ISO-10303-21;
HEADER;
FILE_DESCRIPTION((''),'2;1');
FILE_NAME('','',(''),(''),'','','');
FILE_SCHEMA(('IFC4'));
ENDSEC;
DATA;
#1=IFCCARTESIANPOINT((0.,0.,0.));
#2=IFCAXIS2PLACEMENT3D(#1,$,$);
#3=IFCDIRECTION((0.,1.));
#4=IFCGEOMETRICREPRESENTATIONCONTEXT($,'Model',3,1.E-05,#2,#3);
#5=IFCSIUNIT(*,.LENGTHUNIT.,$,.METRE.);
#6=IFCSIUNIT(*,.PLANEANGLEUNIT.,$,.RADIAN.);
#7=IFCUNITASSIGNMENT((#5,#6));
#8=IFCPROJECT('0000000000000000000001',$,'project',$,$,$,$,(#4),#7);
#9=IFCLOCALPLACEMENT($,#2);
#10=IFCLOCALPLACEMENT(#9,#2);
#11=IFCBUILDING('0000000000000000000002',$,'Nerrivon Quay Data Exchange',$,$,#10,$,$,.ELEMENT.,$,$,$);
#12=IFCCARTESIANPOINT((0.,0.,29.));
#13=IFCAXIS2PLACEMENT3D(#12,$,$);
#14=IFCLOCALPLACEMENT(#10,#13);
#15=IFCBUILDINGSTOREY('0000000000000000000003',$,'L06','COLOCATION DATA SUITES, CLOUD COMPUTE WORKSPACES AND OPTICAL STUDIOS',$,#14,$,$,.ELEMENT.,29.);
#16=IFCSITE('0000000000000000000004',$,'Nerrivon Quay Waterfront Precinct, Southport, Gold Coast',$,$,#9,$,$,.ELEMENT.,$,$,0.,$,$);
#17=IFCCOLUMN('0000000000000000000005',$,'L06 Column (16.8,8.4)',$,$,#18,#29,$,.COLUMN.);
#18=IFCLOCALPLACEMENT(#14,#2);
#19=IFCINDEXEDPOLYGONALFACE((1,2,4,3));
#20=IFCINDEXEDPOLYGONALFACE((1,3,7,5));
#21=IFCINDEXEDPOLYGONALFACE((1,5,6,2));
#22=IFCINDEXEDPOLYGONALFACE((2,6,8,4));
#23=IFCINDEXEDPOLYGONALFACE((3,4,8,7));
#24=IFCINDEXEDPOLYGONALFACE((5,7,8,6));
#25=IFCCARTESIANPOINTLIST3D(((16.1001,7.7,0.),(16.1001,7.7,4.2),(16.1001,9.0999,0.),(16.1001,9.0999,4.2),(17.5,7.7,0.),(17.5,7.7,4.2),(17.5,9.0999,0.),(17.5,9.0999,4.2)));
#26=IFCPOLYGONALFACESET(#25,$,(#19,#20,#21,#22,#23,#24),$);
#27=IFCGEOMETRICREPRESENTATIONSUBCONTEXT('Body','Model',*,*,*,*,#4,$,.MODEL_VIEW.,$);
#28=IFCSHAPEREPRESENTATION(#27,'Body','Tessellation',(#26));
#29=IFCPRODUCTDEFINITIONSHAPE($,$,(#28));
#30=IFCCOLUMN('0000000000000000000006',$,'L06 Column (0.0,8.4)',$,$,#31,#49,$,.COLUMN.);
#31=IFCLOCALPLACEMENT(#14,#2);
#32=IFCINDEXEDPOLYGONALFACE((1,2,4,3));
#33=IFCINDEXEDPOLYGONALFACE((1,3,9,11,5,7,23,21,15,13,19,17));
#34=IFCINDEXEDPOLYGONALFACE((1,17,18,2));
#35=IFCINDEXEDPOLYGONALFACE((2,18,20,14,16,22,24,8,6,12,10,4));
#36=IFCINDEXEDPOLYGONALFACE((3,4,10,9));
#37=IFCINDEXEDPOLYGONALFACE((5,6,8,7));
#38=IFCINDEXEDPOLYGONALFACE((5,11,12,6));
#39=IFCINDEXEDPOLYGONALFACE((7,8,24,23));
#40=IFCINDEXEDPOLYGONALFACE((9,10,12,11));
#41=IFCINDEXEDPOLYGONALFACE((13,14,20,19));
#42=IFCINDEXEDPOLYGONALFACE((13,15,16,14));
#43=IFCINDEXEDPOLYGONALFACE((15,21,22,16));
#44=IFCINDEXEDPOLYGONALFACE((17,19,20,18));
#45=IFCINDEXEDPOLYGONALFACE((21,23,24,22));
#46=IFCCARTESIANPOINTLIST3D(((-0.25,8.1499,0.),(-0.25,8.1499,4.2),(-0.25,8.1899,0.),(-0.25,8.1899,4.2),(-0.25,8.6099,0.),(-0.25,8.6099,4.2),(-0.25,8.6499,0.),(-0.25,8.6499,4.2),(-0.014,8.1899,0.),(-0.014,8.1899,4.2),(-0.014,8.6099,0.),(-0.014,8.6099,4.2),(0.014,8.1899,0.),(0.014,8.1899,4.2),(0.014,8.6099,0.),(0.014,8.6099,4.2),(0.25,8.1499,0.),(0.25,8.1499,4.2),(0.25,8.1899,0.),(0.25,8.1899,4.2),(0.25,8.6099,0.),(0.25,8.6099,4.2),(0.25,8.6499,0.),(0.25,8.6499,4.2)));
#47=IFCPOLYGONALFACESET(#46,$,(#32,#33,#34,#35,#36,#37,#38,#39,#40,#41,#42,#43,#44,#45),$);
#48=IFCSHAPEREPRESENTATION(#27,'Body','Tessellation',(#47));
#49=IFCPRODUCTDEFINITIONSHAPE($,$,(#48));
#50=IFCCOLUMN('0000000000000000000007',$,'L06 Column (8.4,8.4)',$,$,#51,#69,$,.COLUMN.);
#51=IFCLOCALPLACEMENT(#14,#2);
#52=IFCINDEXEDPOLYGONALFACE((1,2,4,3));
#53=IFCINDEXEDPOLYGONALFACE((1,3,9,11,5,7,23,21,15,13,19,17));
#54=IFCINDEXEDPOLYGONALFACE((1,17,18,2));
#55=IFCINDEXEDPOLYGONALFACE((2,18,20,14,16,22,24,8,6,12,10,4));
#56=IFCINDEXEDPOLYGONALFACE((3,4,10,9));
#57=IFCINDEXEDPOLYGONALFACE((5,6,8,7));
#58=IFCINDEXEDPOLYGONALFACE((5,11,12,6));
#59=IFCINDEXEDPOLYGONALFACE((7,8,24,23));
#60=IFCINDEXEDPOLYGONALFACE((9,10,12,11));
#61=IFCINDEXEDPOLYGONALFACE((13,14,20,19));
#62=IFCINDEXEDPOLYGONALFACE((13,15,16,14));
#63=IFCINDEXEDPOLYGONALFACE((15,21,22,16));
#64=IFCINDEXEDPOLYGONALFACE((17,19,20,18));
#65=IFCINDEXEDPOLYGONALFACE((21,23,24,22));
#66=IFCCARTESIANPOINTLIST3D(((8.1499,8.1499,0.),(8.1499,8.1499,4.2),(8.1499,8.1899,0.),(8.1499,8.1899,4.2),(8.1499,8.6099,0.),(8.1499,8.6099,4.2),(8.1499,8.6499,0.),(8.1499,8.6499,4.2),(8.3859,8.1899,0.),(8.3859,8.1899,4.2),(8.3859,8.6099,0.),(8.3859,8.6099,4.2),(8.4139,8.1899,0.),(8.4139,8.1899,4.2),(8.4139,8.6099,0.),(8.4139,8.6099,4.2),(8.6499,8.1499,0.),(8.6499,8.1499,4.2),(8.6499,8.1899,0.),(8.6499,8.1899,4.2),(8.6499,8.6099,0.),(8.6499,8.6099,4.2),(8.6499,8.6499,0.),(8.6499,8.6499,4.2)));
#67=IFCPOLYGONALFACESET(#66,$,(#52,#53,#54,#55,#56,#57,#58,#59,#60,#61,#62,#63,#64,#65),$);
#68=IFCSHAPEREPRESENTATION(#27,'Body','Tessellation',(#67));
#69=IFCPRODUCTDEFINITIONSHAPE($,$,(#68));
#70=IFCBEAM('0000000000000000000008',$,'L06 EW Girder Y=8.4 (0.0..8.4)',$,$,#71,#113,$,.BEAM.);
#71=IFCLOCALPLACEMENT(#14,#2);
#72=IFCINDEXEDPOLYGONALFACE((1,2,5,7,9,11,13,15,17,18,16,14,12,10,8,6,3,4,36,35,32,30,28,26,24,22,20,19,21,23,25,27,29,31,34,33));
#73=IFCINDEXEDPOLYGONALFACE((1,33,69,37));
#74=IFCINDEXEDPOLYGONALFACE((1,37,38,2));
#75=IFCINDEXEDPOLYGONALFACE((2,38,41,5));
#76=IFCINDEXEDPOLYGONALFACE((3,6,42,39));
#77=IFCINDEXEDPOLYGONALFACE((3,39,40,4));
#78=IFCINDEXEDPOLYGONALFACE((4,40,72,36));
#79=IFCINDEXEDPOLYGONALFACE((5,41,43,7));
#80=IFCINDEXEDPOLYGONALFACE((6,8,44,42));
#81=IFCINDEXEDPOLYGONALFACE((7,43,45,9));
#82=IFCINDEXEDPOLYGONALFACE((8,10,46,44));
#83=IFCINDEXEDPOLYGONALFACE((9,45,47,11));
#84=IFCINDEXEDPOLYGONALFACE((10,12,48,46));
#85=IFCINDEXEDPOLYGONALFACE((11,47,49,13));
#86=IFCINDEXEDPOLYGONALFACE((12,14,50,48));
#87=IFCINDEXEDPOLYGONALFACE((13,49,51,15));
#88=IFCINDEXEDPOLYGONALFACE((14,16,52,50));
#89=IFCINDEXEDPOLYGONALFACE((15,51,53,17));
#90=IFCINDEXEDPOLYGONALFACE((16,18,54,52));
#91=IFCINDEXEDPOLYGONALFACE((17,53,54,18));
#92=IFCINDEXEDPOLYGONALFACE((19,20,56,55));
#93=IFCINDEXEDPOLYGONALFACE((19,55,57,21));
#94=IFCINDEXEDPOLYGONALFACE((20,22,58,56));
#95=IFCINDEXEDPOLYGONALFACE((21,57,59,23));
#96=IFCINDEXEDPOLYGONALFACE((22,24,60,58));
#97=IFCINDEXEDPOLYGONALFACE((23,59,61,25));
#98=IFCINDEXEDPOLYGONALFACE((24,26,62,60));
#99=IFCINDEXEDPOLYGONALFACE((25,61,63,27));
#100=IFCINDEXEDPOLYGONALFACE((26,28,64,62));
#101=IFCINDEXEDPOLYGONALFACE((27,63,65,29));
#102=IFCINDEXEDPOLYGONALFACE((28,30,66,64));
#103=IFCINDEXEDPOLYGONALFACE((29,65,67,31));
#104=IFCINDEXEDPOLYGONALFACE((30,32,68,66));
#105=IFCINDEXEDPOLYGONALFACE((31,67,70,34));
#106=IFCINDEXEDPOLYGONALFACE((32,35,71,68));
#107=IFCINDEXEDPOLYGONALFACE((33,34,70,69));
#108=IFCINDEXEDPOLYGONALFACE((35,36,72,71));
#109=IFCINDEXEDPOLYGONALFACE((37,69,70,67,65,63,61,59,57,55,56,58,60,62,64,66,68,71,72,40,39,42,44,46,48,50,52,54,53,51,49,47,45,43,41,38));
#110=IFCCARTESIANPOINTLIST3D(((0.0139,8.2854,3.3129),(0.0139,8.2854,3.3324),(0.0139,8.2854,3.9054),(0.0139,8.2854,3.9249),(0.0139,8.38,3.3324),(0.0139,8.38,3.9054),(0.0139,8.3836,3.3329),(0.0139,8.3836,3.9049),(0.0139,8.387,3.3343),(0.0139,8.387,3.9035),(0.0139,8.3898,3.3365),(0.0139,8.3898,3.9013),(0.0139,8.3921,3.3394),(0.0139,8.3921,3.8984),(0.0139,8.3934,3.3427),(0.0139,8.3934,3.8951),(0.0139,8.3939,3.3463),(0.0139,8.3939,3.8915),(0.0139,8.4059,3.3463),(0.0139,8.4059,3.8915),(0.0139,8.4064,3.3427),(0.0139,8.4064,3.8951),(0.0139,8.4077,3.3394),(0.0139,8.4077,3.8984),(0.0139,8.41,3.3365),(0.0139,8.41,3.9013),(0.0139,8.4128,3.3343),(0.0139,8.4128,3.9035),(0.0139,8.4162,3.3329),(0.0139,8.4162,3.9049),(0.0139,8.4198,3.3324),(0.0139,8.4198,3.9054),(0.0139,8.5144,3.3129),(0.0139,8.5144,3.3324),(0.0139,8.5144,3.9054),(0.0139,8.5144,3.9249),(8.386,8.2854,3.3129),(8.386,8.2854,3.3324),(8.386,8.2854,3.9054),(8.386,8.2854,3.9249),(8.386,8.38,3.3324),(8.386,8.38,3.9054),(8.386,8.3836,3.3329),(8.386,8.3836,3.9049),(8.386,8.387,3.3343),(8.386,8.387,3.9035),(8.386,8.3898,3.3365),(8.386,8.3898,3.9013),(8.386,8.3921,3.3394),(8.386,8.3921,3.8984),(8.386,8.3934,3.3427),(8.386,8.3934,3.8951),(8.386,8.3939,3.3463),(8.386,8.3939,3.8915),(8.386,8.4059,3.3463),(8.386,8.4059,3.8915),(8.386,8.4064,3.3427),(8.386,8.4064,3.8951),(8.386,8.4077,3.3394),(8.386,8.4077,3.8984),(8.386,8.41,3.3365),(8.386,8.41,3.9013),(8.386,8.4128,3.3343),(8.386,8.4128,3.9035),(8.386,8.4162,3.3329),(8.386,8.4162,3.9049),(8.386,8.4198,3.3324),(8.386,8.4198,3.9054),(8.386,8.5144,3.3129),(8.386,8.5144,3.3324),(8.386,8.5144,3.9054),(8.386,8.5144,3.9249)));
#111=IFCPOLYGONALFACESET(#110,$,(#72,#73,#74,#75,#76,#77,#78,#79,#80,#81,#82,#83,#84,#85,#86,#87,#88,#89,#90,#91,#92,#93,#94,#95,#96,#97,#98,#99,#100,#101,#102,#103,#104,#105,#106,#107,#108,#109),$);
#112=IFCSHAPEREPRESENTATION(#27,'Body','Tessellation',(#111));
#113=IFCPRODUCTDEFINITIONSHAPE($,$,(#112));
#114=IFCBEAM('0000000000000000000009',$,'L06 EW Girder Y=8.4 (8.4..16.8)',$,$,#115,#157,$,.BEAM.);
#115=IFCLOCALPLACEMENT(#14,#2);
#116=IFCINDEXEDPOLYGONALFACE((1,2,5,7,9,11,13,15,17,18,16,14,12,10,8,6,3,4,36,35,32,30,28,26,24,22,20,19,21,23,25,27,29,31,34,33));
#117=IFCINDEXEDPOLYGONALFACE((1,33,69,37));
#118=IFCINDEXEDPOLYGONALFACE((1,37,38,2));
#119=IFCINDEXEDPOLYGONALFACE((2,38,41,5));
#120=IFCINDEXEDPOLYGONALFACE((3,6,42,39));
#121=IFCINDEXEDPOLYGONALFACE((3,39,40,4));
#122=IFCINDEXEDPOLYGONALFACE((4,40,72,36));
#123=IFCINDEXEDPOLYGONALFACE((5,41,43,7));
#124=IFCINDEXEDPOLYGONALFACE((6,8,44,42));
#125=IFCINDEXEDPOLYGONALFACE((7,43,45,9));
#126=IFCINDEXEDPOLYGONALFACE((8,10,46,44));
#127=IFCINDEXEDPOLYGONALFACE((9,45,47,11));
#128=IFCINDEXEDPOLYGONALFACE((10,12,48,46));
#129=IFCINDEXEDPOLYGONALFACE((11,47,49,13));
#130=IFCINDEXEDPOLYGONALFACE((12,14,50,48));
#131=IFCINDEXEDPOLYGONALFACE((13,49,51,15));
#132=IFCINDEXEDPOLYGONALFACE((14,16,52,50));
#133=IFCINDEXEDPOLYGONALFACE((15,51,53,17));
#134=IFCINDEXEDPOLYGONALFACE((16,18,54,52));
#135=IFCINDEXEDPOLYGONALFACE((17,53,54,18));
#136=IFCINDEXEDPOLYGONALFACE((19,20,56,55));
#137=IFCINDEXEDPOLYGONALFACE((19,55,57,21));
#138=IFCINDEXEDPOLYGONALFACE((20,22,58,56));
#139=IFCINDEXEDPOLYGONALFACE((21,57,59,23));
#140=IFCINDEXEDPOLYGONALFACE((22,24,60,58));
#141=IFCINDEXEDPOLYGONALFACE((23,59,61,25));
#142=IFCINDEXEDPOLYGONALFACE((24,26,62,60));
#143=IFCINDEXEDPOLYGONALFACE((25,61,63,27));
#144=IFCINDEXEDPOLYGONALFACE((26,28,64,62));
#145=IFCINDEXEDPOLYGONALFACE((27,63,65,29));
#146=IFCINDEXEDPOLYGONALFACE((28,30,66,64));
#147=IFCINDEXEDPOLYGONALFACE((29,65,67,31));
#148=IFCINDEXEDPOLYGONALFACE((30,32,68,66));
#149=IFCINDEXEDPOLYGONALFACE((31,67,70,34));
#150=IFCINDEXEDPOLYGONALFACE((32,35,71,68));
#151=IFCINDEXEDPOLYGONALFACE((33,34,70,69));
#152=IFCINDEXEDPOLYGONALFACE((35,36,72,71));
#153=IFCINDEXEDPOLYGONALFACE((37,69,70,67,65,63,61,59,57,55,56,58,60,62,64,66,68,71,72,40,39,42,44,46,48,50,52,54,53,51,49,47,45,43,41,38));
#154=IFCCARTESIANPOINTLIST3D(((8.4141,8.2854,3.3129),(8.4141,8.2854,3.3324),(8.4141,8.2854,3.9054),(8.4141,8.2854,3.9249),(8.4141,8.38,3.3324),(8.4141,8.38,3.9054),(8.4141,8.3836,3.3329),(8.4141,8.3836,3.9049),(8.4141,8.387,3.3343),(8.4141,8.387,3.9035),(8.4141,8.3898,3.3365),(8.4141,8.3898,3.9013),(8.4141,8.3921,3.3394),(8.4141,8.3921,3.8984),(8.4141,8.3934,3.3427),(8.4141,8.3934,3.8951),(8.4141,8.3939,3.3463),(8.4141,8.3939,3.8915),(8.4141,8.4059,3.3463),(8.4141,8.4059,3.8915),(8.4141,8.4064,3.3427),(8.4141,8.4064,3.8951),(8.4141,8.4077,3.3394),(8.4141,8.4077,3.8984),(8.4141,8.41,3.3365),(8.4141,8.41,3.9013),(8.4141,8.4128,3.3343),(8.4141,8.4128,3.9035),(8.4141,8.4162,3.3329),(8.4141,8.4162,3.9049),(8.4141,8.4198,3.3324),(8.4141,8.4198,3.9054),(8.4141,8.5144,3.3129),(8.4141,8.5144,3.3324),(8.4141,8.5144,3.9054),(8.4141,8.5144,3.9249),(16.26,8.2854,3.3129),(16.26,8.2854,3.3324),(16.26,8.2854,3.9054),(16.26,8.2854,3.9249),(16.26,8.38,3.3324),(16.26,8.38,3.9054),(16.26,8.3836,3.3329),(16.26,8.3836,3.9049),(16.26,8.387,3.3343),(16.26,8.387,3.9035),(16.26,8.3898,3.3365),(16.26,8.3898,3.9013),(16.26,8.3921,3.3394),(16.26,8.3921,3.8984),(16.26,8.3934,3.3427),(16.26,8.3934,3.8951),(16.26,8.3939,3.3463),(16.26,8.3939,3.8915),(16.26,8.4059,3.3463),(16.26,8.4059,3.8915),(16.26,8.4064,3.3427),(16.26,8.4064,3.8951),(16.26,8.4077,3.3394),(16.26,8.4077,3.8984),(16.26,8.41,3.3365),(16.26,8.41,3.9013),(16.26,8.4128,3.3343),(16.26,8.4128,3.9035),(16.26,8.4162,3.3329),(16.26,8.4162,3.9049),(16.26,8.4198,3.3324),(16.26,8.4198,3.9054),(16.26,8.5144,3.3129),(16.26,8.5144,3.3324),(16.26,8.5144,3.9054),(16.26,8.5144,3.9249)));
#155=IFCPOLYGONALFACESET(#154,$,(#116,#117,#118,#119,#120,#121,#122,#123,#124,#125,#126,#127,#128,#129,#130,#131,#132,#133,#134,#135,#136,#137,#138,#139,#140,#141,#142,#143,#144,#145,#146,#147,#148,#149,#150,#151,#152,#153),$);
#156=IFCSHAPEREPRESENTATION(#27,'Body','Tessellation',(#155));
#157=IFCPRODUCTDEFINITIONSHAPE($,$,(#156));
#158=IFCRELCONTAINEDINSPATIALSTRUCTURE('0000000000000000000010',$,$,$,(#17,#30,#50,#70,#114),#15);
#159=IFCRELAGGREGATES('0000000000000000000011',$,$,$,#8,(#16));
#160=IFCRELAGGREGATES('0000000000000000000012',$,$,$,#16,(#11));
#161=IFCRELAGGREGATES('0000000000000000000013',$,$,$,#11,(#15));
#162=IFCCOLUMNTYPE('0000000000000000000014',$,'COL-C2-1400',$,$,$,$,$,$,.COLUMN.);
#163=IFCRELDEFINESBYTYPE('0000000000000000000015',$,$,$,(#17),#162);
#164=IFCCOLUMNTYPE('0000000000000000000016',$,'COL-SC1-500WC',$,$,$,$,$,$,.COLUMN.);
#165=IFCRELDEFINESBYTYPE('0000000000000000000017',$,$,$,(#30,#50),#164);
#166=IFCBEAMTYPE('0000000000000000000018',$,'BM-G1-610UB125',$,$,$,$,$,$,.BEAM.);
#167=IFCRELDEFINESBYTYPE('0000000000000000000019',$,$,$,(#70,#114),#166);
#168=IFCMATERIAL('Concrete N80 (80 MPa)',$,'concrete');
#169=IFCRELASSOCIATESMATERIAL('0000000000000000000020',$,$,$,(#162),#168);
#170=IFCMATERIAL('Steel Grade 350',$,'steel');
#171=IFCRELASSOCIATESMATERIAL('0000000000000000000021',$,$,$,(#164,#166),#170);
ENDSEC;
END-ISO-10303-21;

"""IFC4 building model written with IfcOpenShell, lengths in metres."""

from ifc_helpers import new_model, si_unit, direction, frame, origin, origin_2d, place, context, subcontext, project, spatial, rectangle, i_section, extrude, material, material_profile, profile_set, type_object, element, save


model = new_model("IFC4")

# Units and contexts
model_context = context("Model", 3, precision=1e-05, world=origin(), true_north=direction((0.0, 1.0)))
body_context = subcontext(model_context, "Body", "Model", "MODEL_VIEW")
ifc_project = project(units=[si_unit("LENGTHUNIT", "METRE"), si_unit("PLANEANGLEUNIT", "RADIAN")], contexts=[model_context])

# Site, building, storey
site_placement = place(None, origin())
site = spatial("IfcSite", under=ifc_project, at=site_placement, Name="Nerrivon Quay Waterfront Precinct, Southport, Gold Coast", CompositionType="ELEMENT", RefElevation=0.0)
building_placement = place(site_placement, origin())
building = spatial("IfcBuilding", under=site, at=building_placement, Name="Nerrivon Quay Data Exchange", CompositionType="ELEMENT")
storey_placement = place(building_placement, frame((0.0, 0.0, 29.0)))
storey = spatial("IfcBuildingStorey", under=building, at=storey_placement, Name="L06", Description="COLOCATION DATA SUITES, CLOUD COMPUTE WORKSPACES AND OPTICAL STUDIOS", CompositionType="ELEMENT", Elevation=29.0)

# Columns
ifc_material_1 = material(Name="Concrete N80 (80 MPa)", Category="concrete")
ifc_material_profile_1 = material_profile(ifc_material_1, rectangle(XDim=1.3999, YDim=1.3999, at=origin_2d()), Name="RC-COL-1400x1400")
ifc_profile_set_1 = profile_set([ifc_material_profile_1], Name="Concrete N80 (80 MPa)")
column_type_1 = type_object("IfcColumnType", Name="COL-C2-1400", PredefinedType="COLUMN", material=ifc_profile_set_1)
column_placement = place(storey_placement, frame((16.8, 8.3999, 0.0), z_axis=(0.0, 0.0, 1.0), x_axis=(1.0, 0.0, 0.0)))
element("IfcColumn", 1, at=column_placement, inside=storey, type_object=column_type_1, Name="L06 Column (16.8,8.4)", PredefinedType="COLUMN", context=body_context, shape_type="SweptSolid", body=[
    extrude(rectangle(XDim=1.3999, YDim=1.3999, at=origin_2d()), origin(), (0.0, 0.0, 1.0), 4.2),
])
ifc_material_2 = material(Name="Steel Grade 350", Category="steel")
ifc_material_profile_2 = material_profile(ifc_material_2, i_section(OverallWidth=0.5, OverallDepth=0.5, WebThickness=0.0281, FlangeThickness=0.04, at=origin_2d()), Name="500WC440")
ifc_profile_set_2 = profile_set([ifc_material_profile_2], Name="Steel Grade 350")
column_type_2 = type_object("IfcColumnType", Name="COL-SC1-500WC", PredefinedType="COLUMN", material=ifc_profile_set_2)
for number, where, z_axis, x_axis, name in (
    (2, (0.0, 8.3999, 0.0), (0.0, 0.0, 1.0), (1.0, 0.0, 0.0), "L06 Column (0.0,8.4)"),
    (3, (8.3999, 8.3999, 0.0), (0.0, 0.0, 1.0), (1.0, 0.0, 0.0), "L06 Column (8.4,8.4)"),
):
    element("IfcColumn", number, at=place(storey_placement, frame(where, z_axis=z_axis, x_axis=x_axis)), inside=storey, type_object=column_type_2, Name=name, PredefinedType="COLUMN", context=body_context, shape_type="SweptSolid", body=[
        extrude(i_section(OverallWidth=0.5, OverallDepth=0.5, WebThickness=0.0281, FlangeThickness=0.04, at=origin_2d()), origin(), (0.0, 0.0, 1.0), 4.2),
    ])

# Beams
ifc_material_profile_3 = material_profile(ifc_material_2, i_section(OverallWidth=0.229, OverallDepth=0.6121, WebThickness=0.012, FlangeThickness=0.0195, FilletRadius=0.0139, at=origin_2d()), Name="610UB125")
ifc_profile_set_3 = profile_set([ifc_material_profile_3], Name="Steel Grade 350")
beam_type_1 = type_object("IfcBeamType", Name="BM-G1-610UB125", PredefinedType="BEAM", material=ifc_profile_set_3)
beam_1_placement = place(storey_placement, frame((0.0139, 8.3999, 3.6189), z_axis=(1.0, 0.0, 0.0), x_axis=(0.0, 1.0, 0.0)))
element("IfcBeam", 4, at=beam_1_placement, inside=storey, type_object=beam_type_1, Name="L06 EW Girder Y=8.4 (0.0..8.4)", PredefinedType="BEAM", context=body_context, shape_type="SweptSolid", body=[
    extrude(i_section(OverallWidth=0.229, OverallDepth=0.6121, WebThickness=0.012, FlangeThickness=0.0195, FilletRadius=0.0139, at=origin_2d()), origin(), (0.0, 0.0, 1.0), 8.3721),
])
beam_2_placement = place(storey_placement, frame((8.4141, 8.3999, 3.6189), z_axis=(1.0, 0.0, 0.0), x_axis=(0.0, 1.0, 0.0)))
element("IfcBeam", 5, at=beam_2_placement, inside=storey, type_object=beam_type_1, Name="L06 EW Girder Y=8.4 (8.4..16.8)", PredefinedType="BEAM", context=body_context, shape_type="SweptSolid", body=[
    extrude(i_section(OverallWidth=0.229, OverallDepth=0.6121, WebThickness=0.012, FlangeThickness=0.0195, FilletRadius=0.0139, at=origin_2d()), origin(), (0.0, 0.0, 1.0), 7.8459),
])

save(model, "model.ifc")
